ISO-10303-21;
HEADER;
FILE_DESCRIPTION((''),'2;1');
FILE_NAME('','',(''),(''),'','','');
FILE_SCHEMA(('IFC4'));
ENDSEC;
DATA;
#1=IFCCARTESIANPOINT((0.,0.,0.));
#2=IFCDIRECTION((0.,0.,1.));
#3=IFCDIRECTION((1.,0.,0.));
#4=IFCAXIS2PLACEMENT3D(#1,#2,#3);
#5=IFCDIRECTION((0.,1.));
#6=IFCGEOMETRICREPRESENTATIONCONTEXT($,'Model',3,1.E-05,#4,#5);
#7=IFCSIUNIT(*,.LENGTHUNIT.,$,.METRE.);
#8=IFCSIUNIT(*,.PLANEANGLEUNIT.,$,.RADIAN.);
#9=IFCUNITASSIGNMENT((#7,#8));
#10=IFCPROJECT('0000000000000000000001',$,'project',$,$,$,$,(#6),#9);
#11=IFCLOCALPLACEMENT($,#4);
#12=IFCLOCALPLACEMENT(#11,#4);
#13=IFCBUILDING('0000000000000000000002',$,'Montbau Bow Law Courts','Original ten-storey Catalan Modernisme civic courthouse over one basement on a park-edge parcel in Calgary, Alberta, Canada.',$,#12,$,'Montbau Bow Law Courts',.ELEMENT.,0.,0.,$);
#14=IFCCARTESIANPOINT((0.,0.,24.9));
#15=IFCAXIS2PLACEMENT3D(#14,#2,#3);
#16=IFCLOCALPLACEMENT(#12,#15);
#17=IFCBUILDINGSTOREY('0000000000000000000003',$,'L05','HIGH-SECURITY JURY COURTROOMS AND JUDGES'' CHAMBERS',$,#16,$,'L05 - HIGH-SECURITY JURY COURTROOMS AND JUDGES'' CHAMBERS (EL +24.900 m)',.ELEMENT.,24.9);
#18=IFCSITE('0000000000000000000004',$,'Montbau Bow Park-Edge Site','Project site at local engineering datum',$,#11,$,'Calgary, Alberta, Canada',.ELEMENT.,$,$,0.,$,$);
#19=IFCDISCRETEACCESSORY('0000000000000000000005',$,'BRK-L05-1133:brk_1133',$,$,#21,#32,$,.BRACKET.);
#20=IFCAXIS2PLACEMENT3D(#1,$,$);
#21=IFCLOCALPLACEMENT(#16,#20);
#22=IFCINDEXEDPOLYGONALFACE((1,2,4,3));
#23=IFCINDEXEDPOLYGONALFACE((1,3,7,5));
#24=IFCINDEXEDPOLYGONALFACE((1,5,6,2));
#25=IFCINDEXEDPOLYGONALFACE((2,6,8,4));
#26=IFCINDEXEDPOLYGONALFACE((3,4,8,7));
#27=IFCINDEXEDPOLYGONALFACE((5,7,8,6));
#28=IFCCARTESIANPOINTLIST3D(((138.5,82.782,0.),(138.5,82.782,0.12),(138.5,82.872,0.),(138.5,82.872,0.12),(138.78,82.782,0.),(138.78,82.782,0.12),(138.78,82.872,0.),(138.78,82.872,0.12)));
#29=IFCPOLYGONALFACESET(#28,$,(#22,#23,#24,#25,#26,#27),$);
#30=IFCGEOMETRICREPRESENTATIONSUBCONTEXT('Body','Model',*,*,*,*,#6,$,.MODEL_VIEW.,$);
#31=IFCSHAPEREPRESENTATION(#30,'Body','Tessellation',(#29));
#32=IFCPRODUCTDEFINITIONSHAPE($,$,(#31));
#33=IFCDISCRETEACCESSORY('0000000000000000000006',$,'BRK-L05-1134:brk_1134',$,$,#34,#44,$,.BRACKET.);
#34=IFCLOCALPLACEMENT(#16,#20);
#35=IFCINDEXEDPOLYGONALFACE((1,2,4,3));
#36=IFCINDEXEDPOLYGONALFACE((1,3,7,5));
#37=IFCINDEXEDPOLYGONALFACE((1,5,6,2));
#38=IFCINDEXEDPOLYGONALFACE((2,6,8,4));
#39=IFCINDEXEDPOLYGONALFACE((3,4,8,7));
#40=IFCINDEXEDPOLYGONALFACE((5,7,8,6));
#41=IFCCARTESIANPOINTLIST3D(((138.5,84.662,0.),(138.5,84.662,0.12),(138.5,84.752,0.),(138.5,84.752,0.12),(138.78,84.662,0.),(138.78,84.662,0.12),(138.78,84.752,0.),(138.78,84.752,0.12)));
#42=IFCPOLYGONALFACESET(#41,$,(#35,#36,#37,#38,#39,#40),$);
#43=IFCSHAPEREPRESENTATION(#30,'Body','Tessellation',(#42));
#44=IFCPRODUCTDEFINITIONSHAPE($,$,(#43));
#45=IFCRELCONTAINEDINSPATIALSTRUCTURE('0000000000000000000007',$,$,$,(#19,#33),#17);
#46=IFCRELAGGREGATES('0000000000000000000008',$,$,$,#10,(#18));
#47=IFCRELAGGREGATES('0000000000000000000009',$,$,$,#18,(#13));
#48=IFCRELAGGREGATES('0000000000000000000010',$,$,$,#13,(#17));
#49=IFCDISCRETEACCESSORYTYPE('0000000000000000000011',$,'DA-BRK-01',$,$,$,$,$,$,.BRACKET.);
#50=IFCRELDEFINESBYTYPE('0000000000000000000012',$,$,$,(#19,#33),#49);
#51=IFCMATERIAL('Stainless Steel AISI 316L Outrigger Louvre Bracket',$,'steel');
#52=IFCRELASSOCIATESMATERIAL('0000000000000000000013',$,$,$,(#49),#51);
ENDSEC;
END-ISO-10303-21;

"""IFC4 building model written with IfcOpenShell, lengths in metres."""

from ifc_helpers import new_model, si_unit, direction, frame, origin_with_axes, origin_2d_with_axis, place, context, subcontext, project, spatial, rectangle, extrude, material, type_object, element, save


model = new_model("IFC4")

# Units and contexts
model_context = context("Model", 3, precision=1e-05, world=origin_with_axes(), true_north=direction((0.0, 1.0)))
body_context = subcontext(model_context, "Body", "Model", "MODEL_VIEW")
ifc_project = project(units=[si_unit("LENGTHUNIT", "METRE"), si_unit("PLANEANGLEUNIT", "RADIAN")], contexts=[model_context])

# Site, building, storey
site_placement = place(None, origin_with_axes())
site = spatial("IfcSite", under=ifc_project, at=site_placement, Name="Montbau Bow Park-Edge Site", Description="Project site at local engineering datum", LongName="Calgary, Alberta, Canada", CompositionType="ELEMENT", RefElevation=0.0)
building_placement = place(site_placement, origin_with_axes())
building = spatial("IfcBuilding", under=site, at=building_placement, Name="Montbau Bow Law Courts", Description="Original ten-storey Catalan Modernisme civic courthouse over one basement on a park-edge parcel in Calgary, Alberta, Canada.", LongName="Montbau Bow Law Courts", CompositionType="ELEMENT", ElevationOfRefHeight=0.0, ElevationOfTerrain=0.0)
storey_placement = place(building_placement, frame((0.0, 0.0, 24.9), z_axis=(0.0, 0.0, 1.0), x_axis=(1.0, 0.0, 0.0)))
storey = spatial("IfcBuildingStorey", under=building, at=storey_placement, Name="L05", Description="HIGH-SECURITY JURY COURTROOMS AND JUDGES' CHAMBERS", LongName="L05 - HIGH-SECURITY JURY COURTROOMS AND JUDGES' CHAMBERS (EL +24.900 m)", CompositionType="ELEMENT", Elevation=24.9)

# Discrete accessories
ifc_material_1 = material(Name="Stainless Steel AISI 316L Outrigger Louvre Bracket", Category="steel")
discrete_accessory_type = type_object("IfcDiscreteAccessoryType", Name="DA-BRK-01", PredefinedType="BRACKET", material=ifc_material_1)
for number, where, z_axis, x_axis, name in (
    (1, (138.64, 82.827, 24.9), (0.0, 0.0, 1.0), (-1.0, 0.0, 0.0), "BRK-L05-1133:brk_1133"),
    (2, (138.64, 84.707, 24.9), (0.0, 0.0, 1.0), (-1.0, 0.0, 0.0), "BRK-L05-1134:brk_1134"),
):
    element("IfcDiscreteAccessory", number, at=place(None, frame(where, z_axis=z_axis, x_axis=x_axis)), inside=storey, type_object=discrete_accessory_type, Name=name, PredefinedType="BRACKET", context=body_context, shape_type="SweptSolid", body=[
        extrude(rectangle(XDim=0.28, YDim=0.09, at=origin_2d_with_axis()), origin_with_axes(), (0.0, 0.0, 1.0), 0.12),
    ])

save(model, "model.ifc")
